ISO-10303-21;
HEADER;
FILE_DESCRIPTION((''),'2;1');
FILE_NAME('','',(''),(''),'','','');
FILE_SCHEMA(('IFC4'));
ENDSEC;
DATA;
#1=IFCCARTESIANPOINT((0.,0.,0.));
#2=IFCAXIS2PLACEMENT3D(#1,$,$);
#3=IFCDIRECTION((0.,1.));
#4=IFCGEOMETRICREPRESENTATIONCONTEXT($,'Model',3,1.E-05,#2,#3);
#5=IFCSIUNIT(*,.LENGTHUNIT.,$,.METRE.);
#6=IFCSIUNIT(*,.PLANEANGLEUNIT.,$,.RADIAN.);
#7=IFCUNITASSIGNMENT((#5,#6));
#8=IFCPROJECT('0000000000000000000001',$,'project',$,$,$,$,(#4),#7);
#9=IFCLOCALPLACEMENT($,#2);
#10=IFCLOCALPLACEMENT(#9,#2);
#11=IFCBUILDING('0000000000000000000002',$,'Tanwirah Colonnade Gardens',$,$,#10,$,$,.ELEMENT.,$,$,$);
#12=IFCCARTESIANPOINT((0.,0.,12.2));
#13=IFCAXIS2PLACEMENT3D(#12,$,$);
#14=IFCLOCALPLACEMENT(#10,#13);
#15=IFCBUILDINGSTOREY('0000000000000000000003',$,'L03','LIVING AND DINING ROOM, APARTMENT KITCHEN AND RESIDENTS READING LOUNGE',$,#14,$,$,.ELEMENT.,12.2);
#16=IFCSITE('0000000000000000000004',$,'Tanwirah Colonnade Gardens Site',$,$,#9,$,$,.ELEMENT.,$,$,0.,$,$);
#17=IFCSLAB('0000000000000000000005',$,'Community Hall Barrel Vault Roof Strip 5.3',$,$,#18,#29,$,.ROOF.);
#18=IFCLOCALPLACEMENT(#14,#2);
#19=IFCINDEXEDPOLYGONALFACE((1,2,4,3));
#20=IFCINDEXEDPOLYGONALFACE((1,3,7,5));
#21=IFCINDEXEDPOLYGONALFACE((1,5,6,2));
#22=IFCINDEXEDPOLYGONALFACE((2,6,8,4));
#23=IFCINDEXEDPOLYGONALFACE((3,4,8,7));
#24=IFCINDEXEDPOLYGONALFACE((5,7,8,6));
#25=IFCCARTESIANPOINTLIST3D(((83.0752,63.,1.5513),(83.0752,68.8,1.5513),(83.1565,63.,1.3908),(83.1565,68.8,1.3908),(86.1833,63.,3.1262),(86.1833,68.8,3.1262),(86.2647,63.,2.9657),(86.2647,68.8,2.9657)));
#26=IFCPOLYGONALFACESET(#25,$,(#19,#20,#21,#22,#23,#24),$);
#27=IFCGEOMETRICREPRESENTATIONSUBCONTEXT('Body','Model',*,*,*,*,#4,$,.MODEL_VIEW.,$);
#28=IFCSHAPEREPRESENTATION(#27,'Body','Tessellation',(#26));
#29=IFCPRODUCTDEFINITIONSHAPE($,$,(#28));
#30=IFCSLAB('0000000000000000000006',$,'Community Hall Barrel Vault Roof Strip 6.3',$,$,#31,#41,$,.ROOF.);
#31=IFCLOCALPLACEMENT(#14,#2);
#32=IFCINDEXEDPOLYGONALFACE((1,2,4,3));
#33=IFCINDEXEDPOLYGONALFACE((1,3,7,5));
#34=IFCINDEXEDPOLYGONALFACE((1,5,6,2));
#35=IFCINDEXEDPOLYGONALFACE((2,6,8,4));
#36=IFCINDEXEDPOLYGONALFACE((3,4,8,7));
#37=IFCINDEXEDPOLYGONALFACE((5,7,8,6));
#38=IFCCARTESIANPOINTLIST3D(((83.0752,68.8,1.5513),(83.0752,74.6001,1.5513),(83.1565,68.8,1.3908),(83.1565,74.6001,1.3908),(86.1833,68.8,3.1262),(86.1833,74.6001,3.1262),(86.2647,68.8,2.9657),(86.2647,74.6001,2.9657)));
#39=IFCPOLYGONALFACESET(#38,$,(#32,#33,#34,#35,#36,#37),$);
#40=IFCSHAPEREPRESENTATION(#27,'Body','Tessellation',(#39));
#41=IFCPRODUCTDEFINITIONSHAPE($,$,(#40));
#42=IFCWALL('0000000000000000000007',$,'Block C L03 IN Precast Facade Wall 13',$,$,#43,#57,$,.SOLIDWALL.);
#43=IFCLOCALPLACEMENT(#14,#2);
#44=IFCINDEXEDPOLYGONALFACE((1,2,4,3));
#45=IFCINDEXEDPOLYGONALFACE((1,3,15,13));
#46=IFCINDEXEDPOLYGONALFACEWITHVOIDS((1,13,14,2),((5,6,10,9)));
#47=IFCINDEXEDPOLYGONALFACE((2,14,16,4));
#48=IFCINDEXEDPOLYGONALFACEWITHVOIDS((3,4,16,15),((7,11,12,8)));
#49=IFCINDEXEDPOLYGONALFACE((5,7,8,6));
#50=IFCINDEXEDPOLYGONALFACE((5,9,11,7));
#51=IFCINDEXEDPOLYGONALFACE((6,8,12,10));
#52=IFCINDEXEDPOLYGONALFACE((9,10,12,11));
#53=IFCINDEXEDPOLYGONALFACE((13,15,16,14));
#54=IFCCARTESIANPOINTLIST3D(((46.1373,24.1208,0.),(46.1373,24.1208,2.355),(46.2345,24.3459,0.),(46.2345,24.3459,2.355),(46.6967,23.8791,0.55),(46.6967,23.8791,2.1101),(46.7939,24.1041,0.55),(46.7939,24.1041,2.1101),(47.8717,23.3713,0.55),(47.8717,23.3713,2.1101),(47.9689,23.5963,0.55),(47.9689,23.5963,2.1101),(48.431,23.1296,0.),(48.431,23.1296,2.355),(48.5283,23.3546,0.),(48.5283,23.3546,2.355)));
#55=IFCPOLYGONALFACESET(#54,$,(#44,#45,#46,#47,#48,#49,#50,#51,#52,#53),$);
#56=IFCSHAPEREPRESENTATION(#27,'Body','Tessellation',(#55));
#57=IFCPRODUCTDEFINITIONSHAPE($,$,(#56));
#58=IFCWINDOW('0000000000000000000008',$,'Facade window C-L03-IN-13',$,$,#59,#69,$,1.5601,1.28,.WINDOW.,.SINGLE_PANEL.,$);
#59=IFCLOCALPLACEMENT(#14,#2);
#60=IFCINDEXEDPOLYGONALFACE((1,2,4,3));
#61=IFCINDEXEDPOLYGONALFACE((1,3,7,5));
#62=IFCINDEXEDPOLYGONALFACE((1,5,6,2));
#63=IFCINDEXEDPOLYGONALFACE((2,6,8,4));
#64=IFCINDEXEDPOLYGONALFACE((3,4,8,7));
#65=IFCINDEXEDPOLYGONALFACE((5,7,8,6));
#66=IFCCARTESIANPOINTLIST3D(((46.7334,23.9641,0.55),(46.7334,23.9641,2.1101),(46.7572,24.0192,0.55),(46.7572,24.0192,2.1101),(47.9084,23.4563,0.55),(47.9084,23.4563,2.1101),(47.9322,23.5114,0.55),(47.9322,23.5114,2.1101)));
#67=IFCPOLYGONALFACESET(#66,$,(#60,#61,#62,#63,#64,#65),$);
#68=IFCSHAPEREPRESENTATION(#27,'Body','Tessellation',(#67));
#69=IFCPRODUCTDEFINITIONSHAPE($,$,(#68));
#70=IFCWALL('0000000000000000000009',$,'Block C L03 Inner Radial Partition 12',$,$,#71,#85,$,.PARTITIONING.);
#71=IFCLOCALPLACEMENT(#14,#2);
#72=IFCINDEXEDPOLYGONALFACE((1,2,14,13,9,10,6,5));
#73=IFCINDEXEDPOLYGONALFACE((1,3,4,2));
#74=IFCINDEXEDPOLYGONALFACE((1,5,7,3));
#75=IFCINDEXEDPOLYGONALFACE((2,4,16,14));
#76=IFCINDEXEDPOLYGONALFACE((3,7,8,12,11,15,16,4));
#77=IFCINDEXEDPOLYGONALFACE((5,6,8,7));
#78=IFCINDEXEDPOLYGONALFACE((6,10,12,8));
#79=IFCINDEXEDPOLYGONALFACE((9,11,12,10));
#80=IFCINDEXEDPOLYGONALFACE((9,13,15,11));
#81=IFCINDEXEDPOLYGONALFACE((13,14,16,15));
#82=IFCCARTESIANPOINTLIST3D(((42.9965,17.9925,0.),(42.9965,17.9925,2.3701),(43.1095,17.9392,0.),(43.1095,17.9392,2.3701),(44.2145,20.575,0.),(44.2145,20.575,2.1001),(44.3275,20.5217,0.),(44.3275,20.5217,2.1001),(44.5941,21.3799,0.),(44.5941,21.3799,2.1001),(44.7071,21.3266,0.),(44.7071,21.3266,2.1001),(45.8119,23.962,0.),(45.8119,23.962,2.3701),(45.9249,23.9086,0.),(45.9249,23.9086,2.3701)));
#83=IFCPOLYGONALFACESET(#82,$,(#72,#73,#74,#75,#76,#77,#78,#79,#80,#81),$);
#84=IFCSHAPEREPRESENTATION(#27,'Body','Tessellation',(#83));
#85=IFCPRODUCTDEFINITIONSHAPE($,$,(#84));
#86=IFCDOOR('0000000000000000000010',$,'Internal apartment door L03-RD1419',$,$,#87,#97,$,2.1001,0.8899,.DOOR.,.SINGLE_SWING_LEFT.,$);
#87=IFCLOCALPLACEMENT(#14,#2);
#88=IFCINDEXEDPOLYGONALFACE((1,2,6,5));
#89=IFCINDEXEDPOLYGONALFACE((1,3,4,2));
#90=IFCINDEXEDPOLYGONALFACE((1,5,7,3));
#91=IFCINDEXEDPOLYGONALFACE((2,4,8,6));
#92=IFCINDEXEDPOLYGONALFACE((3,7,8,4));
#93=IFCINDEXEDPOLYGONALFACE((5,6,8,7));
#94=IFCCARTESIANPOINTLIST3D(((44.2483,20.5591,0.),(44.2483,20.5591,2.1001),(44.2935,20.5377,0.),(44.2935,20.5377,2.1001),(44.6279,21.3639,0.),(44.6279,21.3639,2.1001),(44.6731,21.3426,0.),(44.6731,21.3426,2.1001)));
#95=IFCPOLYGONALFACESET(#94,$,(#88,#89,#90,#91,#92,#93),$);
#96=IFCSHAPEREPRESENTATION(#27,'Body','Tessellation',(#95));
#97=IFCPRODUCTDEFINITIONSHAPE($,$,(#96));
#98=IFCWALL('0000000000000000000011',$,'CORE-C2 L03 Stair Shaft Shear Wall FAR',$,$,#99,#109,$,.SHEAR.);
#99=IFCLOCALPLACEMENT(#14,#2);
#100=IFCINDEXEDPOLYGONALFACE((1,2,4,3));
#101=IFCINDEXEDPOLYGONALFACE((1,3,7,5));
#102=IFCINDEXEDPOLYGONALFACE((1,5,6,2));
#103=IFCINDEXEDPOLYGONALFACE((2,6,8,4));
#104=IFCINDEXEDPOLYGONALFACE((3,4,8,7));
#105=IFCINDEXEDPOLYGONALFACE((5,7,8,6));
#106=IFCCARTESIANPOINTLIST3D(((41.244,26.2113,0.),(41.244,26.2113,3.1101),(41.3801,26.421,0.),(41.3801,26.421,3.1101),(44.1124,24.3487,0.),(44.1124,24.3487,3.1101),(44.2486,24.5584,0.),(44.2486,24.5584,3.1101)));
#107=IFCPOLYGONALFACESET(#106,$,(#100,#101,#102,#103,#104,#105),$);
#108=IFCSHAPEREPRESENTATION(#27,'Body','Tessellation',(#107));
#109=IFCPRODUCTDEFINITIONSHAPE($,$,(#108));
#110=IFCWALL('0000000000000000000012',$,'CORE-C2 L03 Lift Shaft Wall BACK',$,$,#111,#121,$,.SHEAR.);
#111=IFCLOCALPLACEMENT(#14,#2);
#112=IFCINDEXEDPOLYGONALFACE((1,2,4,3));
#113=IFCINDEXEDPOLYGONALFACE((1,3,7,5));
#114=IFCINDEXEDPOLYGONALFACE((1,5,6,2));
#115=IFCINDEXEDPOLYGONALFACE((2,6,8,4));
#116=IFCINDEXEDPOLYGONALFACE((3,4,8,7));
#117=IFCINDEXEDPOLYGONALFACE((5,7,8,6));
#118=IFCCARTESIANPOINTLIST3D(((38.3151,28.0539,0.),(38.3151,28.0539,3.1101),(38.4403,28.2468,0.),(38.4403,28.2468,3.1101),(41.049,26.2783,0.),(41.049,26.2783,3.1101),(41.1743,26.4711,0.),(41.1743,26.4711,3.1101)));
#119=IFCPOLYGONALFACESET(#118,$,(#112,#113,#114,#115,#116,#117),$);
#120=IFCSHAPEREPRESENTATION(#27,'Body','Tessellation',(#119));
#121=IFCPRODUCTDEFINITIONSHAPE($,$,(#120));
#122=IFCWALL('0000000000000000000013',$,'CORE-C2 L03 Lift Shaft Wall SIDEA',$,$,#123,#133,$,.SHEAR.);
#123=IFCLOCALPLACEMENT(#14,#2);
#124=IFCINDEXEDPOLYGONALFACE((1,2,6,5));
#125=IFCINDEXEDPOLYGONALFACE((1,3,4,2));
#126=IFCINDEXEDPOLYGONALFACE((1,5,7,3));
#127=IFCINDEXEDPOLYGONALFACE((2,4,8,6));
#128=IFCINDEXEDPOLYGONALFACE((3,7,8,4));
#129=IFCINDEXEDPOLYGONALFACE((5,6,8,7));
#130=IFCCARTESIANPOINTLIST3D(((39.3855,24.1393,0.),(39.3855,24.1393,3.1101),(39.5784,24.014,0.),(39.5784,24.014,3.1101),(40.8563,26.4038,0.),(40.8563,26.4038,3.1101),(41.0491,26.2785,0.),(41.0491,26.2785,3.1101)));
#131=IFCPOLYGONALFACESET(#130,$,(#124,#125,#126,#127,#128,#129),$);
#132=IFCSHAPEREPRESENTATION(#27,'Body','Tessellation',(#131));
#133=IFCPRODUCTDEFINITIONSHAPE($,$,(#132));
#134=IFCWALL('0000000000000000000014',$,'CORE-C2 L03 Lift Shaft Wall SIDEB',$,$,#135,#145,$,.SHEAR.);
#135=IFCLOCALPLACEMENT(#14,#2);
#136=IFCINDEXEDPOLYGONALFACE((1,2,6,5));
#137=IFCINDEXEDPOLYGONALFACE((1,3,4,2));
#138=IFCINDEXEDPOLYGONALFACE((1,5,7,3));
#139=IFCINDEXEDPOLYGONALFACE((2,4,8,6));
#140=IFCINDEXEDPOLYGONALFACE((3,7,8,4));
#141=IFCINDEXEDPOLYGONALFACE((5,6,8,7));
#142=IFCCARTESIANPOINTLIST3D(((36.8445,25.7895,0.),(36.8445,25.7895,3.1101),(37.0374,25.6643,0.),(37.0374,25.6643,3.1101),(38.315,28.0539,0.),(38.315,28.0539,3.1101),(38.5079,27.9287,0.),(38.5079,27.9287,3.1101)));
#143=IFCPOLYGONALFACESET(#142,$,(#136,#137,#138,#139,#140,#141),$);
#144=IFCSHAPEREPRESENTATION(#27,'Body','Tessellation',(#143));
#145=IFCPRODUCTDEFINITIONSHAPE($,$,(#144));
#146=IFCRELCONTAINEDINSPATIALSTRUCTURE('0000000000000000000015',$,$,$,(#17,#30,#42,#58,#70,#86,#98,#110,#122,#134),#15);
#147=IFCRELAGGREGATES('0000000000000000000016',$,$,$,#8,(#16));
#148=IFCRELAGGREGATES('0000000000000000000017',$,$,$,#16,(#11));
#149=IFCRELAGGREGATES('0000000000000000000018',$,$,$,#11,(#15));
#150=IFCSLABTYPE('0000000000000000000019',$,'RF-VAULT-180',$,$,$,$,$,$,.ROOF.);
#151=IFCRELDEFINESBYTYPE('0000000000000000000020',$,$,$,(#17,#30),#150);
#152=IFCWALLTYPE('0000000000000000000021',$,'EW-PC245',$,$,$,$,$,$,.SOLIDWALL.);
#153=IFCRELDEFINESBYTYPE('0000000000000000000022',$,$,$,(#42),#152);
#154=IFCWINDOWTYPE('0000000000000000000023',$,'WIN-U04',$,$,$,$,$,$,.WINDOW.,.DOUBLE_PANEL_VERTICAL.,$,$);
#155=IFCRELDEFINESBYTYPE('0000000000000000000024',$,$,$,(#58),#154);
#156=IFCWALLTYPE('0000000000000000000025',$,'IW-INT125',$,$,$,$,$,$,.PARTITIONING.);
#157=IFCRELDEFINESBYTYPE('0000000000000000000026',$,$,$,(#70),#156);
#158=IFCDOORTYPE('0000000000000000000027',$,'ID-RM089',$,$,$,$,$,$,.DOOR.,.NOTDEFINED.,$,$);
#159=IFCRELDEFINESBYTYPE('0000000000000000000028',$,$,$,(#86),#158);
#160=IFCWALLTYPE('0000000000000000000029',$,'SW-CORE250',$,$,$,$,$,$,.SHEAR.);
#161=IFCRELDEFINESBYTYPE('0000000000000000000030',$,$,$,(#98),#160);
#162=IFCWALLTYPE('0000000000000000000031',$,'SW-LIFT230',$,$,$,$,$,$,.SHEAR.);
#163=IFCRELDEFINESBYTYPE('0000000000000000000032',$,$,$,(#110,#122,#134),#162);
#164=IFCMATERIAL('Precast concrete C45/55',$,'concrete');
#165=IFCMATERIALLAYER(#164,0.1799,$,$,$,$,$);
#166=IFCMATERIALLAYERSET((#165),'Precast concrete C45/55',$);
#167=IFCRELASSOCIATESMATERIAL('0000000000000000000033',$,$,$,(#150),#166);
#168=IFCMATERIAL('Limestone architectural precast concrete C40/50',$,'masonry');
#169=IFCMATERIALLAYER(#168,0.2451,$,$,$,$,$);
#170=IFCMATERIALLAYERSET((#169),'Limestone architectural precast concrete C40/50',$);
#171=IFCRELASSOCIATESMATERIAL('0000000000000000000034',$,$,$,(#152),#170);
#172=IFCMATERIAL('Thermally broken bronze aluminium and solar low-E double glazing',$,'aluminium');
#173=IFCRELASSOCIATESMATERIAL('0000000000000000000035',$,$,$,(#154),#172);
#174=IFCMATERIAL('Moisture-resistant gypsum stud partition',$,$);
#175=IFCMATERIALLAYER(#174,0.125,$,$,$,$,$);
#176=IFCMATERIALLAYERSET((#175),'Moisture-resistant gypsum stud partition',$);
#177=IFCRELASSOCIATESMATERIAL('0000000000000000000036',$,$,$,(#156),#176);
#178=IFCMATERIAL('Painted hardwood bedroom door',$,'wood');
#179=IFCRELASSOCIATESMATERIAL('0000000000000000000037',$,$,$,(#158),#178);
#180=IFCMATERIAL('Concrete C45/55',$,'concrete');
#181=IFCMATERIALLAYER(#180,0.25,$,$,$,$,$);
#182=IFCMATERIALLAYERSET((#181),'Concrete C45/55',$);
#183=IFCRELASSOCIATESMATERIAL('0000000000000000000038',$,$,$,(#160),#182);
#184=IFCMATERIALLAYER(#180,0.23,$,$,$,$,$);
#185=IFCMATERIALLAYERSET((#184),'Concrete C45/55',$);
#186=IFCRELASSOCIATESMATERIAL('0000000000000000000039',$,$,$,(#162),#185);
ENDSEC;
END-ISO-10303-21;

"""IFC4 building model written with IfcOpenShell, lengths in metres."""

from ifc_helpers import new_model, si_unit, direction, frame, frame_2d, origin, place, context, subcontext, project, spatial, polyline, rectangle, outline, extrude, material, layer, layer_set, type_object, element, fill, save


model = new_model("IFC4")

# Units and contexts
model_context = context("Model", 3, precision=1e-05, world=origin(), true_north=direction((0.0, 1.0)))
body_context = subcontext(model_context, "Body", "Model", "MODEL_VIEW")
ifc_project = project(units=[si_unit("LENGTHUNIT", "METRE"), si_unit("PLANEANGLEUNIT", "RADIAN")], contexts=[model_context])

# Site, building, storey
site_placement = place(None, origin())
site = spatial("IfcSite", under=ifc_project, at=site_placement, Name="Tanwirah Colonnade Gardens Site", CompositionType="ELEMENT", RefElevation=0.0)
building_placement = place(site_placement, origin())
building = spatial("IfcBuilding", under=site, at=building_placement, Name="Tanwirah Colonnade Gardens", CompositionType="ELEMENT")
storey_placement = place(building_placement, frame((0.0, 0.0, 12.2)))
storey = spatial("IfcBuildingStorey", under=building, at=storey_placement, Name="L03", Description="LIVING AND DINING ROOM, APARTMENT KITCHEN AND RESIDENTS READING LOUNGE", CompositionType="ELEMENT", Elevation=12.2)

# Slabs
ifc_material_1 = material(Name="Precast concrete C45/55", Category="concrete")
ifc_layer_1 = layer(ifc_material_1, 0.1799)
ifc_layer_set_1 = layer_set([ifc_layer_1], Name="Precast concrete C45/55")
slab_type = type_object("IfcSlabType", Name="RF-VAULT-180", PredefinedType="ROOF", material=ifc_layer_set_1)
for number, where, z_axis, x_axis, name in (
    (1, (83.0752, 63.0, 1.5513), (-0.452, 0.0, 0.892018), (0.892018, 0.0, 0.452), "Community Hall Barrel Vault Roof Strip 5.3"),
    (2, (83.0752, 68.8, 1.5513), (-0.452, 0.0, 0.892018), (0.892018, 0.0, 0.452), "Community Hall Barrel Vault Roof Strip 6.3"),
):
    element("IfcSlab", number, at=place(storey_placement, frame(where, z_axis=z_axis, x_axis=x_axis)), inside=storey, type_object=slab_type, Name=name, PredefinedType="ROOF", context=body_context, shape_type="SweptSolid", body=[
        extrude(outline(polyline([(0.0, 0.0), (3.4844, 0.0), (3.4844, 5.8), (0.0, 5.8), (0.0, 0.0)])), origin(), (0.0, 0.0, -1.0), 0.1799),
    ])

# Wall, opening, window
ifc_material_2 = material(Name="Limestone architectural precast concrete C40/50", Category="masonry")
ifc_layer_2 = layer(ifc_material_2, 0.2451)
ifc_layer_set_2 = layer_set([ifc_layer_2], Name="Limestone architectural precast concrete C40/50")
wall_type_1 = type_object("IfcWallType", Name="EW-PC245", PredefinedType="SOLIDWALL", material=ifc_layer_set_2)
wall_1_placement = place(storey_placement, frame((46.1858, 24.2334, 0.0), z_axis=(0.0, 0.0, 1.0), x_axis=(0.917953, -0.396689, 0.0)))
wall_1 = element("IfcWall", 3, at=wall_1_placement, inside=storey, type_object=wall_type_1, Name="Block C L03 IN Precast Facade Wall 13", PredefinedType="SOLIDWALL", context=body_context, shape_type="SweptSolid", body=[
    extrude(rectangle(XDim=2.4988, YDim=0.2451, at=frame_2d((1.2495, 0.0))), origin(), (0.0, 0.0, 1.0), 2.355),
])
opening_1_placement = place(wall_1_placement, frame((0.6094, 0.0, 0.55)))
opening_1 = element("IfcOpeningElement", 4, at=opening_1_placement, cuts=wall_1, PredefinedType="OPENING", context=body_context, shape_type="SweptSolid", body=[
    extrude(rectangle(XDim=1.28, YDim=1.5601, at=frame_2d((0.6401, 0.78))), frame((0.0, 0.1326, 0.0), z_axis=(0.0, -1.0, 0.0), x_axis=(1.0, 0.0, 0.0)), (0.0, 0.0, 1.0), 0.2651),
])
ifc_material_3 = material(Name="Thermally broken bronze aluminium and solar low-E double glazing", Category="aluminium")
window_type = type_object("IfcWindowType", Name="WIN-U04", PartitioningType="DOUBLE_PANEL_VERTICAL", PredefinedType="WINDOW", material=ifc_material_3)
window_placement = place(opening_1_placement, origin())
window = element("IfcWindow", 5, at=window_placement, inside=storey, type_object=window_type, Name="Facade window C-L03-IN-13", OverallHeight=1.5601, OverallWidth=1.28, PartitioningType="SINGLE_PANEL", PredefinedType="WINDOW", context=body_context, shape_type="SweptSolid", body=[
    extrude(rectangle(XDim=1.28, YDim=1.5601, at=frame_2d((0.6401, 0.78))), frame((0.0, 0.03, 0.0), z_axis=(0.0, -1.0, 0.0), x_axis=(1.0, 0.0, 0.0)), (0.0, 0.0, 1.0), 0.0601),
])
fill(opening_1, window)

# Wall, opening, door
ifc_material_4 = material(Name="Moisture-resistant gypsum stud partition")
ifc_layer_3 = layer(ifc_material_4, 0.125)
ifc_layer_set_3 = layer_set([ifc_layer_3], Name="Moisture-resistant gypsum stud partition")
wall_type_2 = type_object("IfcWallType", Name="IW-INT125", PredefinedType="PARTITIONING", material=ifc_layer_set_3)
wall_2_placement = place(storey_placement, frame((45.8684, 23.9353, 0.0), z_axis=(0.0, 0.0, 1.0), x_axis=(-0.426574, -0.904453, 0.0)))
wall_2 = element("IfcWall", 6, at=wall_2_placement, inside=storey, type_object=wall_type_2, Name="Block C L03 Inner Radial Partition 12", PredefinedType="PARTITIONING", context=body_context, shape_type="SweptSolid", body=[
    extrude(rectangle(XDim=6.6001, YDim=0.125, at=frame_2d((3.3, 0.0))), origin(), (0.0, 0.0, 1.0), 2.3701),
])
opening_2_placement = place(wall_2_placement, frame((2.855, 0.0, 0.0)))
opening_2 = element("IfcOpeningElement", 7, at=opening_2_placement, cuts=wall_2, PredefinedType="OPENING", context=body_context, shape_type="SweptSolid", body=[
    extrude(rectangle(XDim=0.8899, YDim=2.1001, at=frame_2d((0.4448, 1.05))), frame((0.0, 0.0725, 0.0), z_axis=(0.0, -1.0, 0.0), x_axis=(1.0, 0.0, 0.0)), (0.0, 0.0, 1.0), 0.145),
])
ifc_material_5 = material(Name="Painted hardwood bedroom door", Category="wood")
door_type = type_object("IfcDoorType", Name="ID-RM089", OperationType="NOTDEFINED", PredefinedType="DOOR", material=ifc_material_5)
door_placement = place(opening_2_placement, origin())
door = element("IfcDoor", 8, at=door_placement, inside=storey, type_object=door_type, Name="Internal apartment door L03-RD1419", OperationType="SINGLE_SWING_LEFT", OverallHeight=2.1001, OverallWidth=0.8899, PredefinedType="DOOR", context=body_context, shape_type="SweptSolid", body=[
    extrude(rectangle(XDim=0.8899, YDim=2.1001, at=frame_2d((0.4448, 1.05))), frame((0.0, 0.0249, 0.0), z_axis=(0.0, -1.0, 0.0), x_axis=(1.0, 0.0, 0.0)), (0.0, 0.0, 1.0), 0.05),
])
fill(opening_2, door)

# Walls
ifc_material_6 = material(Name="Concrete C45/55", Category="concrete")
ifc_layer_4 = layer(ifc_material_6, 0.25)
ifc_layer_set_4 = layer_set([ifc_layer_4], Name="Concrete C45/55")
wall_type_3 = type_object("IfcWallType", Name="SW-CORE250", PredefinedType="SHEAR", material=ifc_layer_set_4)
wall_3_placement = place(storey_placement, frame((44.1804, 24.4536, 0.0), z_axis=(0.0, 0.0, 1.0), x_axis=(-0.8387, 0.544594, 0.0)))
element("IfcWall", 9, at=wall_3_placement, inside=storey, type_object=wall_type_3, Name="CORE-C2 L03 Stair Shaft Shear Wall FAR", PredefinedType="SHEAR", context=body_context, shape_type="SweptSolid", body=[
    extrude(rectangle(XDim=3.4202, YDim=0.25, at=frame_2d((1.71, 0.0))), origin(), (0.0, 0.0, 1.0), 3.1101),
])
ifc_layer_5 = layer(ifc_material_6, 0.23)
ifc_layer_set_5 = layer_set([ifc_layer_5], Name="Concrete C45/55")
wall_type_4 = type_object("IfcWallType", Name="SW-LIFT230", PredefinedType="SHEAR", material=ifc_layer_set_5)
wall_4_placement = place(storey_placement, frame((41.1116, 26.3748, 0.0), z_axis=(0.0, 0.0, 1.0), x_axis=(-0.838639, 0.544688, 0.0)))
element("IfcWall", 10, at=wall_4_placement, inside=storey, type_object=wall_type_4, Name="CORE-C2 L03 Lift Shaft Wall BACK", PredefinedType="SHEAR", context=body_context, shape_type="SweptSolid", body=[
    extrude(rectangle(XDim=3.26, YDim=0.23, at=frame_2d((1.6299, 0.0))), origin(), (0.0, 0.0, 1.0), 3.1101),
])
wall_5_placement = place(storey_placement, frame((39.4819, 24.0767, 0.0), z_axis=(0.0, 0.0, 1.0), x_axis=(0.544686, 0.83864, 0.0)))
element("IfcWall", 11, at=wall_5_placement, inside=storey, type_object=wall_type_4, Name="CORE-C2 L03 Lift Shaft Wall SIDEA", PredefinedType="SHEAR", context=body_context, shape_type="SweptSolid", body=[
    extrude(rectangle(XDim=2.7002, YDim=0.23, at=frame_2d((1.3501, 0.0))), origin(), (0.0, 0.0, 1.0), 3.1101),
])
wall_6_placement = place(storey_placement, frame((36.9409, 25.7268, 0.0), z_axis=(0.0, 0.0, 1.0), x_axis=(0.544623, 0.838681, 0.0)))
element("IfcWall", 12, at=wall_6_placement, inside=storey, type_object=wall_type_4, Name="CORE-C2 L03 Lift Shaft Wall SIDEB", PredefinedType="SHEAR", context=body_context, shape_type="SweptSolid", body=[
    extrude(rectangle(XDim=2.7, YDim=0.23, at=frame_2d((1.3501, 0.0))), origin(), (0.0, 0.0, 1.0), 3.1101),
])

save(model, "model.ifc")
